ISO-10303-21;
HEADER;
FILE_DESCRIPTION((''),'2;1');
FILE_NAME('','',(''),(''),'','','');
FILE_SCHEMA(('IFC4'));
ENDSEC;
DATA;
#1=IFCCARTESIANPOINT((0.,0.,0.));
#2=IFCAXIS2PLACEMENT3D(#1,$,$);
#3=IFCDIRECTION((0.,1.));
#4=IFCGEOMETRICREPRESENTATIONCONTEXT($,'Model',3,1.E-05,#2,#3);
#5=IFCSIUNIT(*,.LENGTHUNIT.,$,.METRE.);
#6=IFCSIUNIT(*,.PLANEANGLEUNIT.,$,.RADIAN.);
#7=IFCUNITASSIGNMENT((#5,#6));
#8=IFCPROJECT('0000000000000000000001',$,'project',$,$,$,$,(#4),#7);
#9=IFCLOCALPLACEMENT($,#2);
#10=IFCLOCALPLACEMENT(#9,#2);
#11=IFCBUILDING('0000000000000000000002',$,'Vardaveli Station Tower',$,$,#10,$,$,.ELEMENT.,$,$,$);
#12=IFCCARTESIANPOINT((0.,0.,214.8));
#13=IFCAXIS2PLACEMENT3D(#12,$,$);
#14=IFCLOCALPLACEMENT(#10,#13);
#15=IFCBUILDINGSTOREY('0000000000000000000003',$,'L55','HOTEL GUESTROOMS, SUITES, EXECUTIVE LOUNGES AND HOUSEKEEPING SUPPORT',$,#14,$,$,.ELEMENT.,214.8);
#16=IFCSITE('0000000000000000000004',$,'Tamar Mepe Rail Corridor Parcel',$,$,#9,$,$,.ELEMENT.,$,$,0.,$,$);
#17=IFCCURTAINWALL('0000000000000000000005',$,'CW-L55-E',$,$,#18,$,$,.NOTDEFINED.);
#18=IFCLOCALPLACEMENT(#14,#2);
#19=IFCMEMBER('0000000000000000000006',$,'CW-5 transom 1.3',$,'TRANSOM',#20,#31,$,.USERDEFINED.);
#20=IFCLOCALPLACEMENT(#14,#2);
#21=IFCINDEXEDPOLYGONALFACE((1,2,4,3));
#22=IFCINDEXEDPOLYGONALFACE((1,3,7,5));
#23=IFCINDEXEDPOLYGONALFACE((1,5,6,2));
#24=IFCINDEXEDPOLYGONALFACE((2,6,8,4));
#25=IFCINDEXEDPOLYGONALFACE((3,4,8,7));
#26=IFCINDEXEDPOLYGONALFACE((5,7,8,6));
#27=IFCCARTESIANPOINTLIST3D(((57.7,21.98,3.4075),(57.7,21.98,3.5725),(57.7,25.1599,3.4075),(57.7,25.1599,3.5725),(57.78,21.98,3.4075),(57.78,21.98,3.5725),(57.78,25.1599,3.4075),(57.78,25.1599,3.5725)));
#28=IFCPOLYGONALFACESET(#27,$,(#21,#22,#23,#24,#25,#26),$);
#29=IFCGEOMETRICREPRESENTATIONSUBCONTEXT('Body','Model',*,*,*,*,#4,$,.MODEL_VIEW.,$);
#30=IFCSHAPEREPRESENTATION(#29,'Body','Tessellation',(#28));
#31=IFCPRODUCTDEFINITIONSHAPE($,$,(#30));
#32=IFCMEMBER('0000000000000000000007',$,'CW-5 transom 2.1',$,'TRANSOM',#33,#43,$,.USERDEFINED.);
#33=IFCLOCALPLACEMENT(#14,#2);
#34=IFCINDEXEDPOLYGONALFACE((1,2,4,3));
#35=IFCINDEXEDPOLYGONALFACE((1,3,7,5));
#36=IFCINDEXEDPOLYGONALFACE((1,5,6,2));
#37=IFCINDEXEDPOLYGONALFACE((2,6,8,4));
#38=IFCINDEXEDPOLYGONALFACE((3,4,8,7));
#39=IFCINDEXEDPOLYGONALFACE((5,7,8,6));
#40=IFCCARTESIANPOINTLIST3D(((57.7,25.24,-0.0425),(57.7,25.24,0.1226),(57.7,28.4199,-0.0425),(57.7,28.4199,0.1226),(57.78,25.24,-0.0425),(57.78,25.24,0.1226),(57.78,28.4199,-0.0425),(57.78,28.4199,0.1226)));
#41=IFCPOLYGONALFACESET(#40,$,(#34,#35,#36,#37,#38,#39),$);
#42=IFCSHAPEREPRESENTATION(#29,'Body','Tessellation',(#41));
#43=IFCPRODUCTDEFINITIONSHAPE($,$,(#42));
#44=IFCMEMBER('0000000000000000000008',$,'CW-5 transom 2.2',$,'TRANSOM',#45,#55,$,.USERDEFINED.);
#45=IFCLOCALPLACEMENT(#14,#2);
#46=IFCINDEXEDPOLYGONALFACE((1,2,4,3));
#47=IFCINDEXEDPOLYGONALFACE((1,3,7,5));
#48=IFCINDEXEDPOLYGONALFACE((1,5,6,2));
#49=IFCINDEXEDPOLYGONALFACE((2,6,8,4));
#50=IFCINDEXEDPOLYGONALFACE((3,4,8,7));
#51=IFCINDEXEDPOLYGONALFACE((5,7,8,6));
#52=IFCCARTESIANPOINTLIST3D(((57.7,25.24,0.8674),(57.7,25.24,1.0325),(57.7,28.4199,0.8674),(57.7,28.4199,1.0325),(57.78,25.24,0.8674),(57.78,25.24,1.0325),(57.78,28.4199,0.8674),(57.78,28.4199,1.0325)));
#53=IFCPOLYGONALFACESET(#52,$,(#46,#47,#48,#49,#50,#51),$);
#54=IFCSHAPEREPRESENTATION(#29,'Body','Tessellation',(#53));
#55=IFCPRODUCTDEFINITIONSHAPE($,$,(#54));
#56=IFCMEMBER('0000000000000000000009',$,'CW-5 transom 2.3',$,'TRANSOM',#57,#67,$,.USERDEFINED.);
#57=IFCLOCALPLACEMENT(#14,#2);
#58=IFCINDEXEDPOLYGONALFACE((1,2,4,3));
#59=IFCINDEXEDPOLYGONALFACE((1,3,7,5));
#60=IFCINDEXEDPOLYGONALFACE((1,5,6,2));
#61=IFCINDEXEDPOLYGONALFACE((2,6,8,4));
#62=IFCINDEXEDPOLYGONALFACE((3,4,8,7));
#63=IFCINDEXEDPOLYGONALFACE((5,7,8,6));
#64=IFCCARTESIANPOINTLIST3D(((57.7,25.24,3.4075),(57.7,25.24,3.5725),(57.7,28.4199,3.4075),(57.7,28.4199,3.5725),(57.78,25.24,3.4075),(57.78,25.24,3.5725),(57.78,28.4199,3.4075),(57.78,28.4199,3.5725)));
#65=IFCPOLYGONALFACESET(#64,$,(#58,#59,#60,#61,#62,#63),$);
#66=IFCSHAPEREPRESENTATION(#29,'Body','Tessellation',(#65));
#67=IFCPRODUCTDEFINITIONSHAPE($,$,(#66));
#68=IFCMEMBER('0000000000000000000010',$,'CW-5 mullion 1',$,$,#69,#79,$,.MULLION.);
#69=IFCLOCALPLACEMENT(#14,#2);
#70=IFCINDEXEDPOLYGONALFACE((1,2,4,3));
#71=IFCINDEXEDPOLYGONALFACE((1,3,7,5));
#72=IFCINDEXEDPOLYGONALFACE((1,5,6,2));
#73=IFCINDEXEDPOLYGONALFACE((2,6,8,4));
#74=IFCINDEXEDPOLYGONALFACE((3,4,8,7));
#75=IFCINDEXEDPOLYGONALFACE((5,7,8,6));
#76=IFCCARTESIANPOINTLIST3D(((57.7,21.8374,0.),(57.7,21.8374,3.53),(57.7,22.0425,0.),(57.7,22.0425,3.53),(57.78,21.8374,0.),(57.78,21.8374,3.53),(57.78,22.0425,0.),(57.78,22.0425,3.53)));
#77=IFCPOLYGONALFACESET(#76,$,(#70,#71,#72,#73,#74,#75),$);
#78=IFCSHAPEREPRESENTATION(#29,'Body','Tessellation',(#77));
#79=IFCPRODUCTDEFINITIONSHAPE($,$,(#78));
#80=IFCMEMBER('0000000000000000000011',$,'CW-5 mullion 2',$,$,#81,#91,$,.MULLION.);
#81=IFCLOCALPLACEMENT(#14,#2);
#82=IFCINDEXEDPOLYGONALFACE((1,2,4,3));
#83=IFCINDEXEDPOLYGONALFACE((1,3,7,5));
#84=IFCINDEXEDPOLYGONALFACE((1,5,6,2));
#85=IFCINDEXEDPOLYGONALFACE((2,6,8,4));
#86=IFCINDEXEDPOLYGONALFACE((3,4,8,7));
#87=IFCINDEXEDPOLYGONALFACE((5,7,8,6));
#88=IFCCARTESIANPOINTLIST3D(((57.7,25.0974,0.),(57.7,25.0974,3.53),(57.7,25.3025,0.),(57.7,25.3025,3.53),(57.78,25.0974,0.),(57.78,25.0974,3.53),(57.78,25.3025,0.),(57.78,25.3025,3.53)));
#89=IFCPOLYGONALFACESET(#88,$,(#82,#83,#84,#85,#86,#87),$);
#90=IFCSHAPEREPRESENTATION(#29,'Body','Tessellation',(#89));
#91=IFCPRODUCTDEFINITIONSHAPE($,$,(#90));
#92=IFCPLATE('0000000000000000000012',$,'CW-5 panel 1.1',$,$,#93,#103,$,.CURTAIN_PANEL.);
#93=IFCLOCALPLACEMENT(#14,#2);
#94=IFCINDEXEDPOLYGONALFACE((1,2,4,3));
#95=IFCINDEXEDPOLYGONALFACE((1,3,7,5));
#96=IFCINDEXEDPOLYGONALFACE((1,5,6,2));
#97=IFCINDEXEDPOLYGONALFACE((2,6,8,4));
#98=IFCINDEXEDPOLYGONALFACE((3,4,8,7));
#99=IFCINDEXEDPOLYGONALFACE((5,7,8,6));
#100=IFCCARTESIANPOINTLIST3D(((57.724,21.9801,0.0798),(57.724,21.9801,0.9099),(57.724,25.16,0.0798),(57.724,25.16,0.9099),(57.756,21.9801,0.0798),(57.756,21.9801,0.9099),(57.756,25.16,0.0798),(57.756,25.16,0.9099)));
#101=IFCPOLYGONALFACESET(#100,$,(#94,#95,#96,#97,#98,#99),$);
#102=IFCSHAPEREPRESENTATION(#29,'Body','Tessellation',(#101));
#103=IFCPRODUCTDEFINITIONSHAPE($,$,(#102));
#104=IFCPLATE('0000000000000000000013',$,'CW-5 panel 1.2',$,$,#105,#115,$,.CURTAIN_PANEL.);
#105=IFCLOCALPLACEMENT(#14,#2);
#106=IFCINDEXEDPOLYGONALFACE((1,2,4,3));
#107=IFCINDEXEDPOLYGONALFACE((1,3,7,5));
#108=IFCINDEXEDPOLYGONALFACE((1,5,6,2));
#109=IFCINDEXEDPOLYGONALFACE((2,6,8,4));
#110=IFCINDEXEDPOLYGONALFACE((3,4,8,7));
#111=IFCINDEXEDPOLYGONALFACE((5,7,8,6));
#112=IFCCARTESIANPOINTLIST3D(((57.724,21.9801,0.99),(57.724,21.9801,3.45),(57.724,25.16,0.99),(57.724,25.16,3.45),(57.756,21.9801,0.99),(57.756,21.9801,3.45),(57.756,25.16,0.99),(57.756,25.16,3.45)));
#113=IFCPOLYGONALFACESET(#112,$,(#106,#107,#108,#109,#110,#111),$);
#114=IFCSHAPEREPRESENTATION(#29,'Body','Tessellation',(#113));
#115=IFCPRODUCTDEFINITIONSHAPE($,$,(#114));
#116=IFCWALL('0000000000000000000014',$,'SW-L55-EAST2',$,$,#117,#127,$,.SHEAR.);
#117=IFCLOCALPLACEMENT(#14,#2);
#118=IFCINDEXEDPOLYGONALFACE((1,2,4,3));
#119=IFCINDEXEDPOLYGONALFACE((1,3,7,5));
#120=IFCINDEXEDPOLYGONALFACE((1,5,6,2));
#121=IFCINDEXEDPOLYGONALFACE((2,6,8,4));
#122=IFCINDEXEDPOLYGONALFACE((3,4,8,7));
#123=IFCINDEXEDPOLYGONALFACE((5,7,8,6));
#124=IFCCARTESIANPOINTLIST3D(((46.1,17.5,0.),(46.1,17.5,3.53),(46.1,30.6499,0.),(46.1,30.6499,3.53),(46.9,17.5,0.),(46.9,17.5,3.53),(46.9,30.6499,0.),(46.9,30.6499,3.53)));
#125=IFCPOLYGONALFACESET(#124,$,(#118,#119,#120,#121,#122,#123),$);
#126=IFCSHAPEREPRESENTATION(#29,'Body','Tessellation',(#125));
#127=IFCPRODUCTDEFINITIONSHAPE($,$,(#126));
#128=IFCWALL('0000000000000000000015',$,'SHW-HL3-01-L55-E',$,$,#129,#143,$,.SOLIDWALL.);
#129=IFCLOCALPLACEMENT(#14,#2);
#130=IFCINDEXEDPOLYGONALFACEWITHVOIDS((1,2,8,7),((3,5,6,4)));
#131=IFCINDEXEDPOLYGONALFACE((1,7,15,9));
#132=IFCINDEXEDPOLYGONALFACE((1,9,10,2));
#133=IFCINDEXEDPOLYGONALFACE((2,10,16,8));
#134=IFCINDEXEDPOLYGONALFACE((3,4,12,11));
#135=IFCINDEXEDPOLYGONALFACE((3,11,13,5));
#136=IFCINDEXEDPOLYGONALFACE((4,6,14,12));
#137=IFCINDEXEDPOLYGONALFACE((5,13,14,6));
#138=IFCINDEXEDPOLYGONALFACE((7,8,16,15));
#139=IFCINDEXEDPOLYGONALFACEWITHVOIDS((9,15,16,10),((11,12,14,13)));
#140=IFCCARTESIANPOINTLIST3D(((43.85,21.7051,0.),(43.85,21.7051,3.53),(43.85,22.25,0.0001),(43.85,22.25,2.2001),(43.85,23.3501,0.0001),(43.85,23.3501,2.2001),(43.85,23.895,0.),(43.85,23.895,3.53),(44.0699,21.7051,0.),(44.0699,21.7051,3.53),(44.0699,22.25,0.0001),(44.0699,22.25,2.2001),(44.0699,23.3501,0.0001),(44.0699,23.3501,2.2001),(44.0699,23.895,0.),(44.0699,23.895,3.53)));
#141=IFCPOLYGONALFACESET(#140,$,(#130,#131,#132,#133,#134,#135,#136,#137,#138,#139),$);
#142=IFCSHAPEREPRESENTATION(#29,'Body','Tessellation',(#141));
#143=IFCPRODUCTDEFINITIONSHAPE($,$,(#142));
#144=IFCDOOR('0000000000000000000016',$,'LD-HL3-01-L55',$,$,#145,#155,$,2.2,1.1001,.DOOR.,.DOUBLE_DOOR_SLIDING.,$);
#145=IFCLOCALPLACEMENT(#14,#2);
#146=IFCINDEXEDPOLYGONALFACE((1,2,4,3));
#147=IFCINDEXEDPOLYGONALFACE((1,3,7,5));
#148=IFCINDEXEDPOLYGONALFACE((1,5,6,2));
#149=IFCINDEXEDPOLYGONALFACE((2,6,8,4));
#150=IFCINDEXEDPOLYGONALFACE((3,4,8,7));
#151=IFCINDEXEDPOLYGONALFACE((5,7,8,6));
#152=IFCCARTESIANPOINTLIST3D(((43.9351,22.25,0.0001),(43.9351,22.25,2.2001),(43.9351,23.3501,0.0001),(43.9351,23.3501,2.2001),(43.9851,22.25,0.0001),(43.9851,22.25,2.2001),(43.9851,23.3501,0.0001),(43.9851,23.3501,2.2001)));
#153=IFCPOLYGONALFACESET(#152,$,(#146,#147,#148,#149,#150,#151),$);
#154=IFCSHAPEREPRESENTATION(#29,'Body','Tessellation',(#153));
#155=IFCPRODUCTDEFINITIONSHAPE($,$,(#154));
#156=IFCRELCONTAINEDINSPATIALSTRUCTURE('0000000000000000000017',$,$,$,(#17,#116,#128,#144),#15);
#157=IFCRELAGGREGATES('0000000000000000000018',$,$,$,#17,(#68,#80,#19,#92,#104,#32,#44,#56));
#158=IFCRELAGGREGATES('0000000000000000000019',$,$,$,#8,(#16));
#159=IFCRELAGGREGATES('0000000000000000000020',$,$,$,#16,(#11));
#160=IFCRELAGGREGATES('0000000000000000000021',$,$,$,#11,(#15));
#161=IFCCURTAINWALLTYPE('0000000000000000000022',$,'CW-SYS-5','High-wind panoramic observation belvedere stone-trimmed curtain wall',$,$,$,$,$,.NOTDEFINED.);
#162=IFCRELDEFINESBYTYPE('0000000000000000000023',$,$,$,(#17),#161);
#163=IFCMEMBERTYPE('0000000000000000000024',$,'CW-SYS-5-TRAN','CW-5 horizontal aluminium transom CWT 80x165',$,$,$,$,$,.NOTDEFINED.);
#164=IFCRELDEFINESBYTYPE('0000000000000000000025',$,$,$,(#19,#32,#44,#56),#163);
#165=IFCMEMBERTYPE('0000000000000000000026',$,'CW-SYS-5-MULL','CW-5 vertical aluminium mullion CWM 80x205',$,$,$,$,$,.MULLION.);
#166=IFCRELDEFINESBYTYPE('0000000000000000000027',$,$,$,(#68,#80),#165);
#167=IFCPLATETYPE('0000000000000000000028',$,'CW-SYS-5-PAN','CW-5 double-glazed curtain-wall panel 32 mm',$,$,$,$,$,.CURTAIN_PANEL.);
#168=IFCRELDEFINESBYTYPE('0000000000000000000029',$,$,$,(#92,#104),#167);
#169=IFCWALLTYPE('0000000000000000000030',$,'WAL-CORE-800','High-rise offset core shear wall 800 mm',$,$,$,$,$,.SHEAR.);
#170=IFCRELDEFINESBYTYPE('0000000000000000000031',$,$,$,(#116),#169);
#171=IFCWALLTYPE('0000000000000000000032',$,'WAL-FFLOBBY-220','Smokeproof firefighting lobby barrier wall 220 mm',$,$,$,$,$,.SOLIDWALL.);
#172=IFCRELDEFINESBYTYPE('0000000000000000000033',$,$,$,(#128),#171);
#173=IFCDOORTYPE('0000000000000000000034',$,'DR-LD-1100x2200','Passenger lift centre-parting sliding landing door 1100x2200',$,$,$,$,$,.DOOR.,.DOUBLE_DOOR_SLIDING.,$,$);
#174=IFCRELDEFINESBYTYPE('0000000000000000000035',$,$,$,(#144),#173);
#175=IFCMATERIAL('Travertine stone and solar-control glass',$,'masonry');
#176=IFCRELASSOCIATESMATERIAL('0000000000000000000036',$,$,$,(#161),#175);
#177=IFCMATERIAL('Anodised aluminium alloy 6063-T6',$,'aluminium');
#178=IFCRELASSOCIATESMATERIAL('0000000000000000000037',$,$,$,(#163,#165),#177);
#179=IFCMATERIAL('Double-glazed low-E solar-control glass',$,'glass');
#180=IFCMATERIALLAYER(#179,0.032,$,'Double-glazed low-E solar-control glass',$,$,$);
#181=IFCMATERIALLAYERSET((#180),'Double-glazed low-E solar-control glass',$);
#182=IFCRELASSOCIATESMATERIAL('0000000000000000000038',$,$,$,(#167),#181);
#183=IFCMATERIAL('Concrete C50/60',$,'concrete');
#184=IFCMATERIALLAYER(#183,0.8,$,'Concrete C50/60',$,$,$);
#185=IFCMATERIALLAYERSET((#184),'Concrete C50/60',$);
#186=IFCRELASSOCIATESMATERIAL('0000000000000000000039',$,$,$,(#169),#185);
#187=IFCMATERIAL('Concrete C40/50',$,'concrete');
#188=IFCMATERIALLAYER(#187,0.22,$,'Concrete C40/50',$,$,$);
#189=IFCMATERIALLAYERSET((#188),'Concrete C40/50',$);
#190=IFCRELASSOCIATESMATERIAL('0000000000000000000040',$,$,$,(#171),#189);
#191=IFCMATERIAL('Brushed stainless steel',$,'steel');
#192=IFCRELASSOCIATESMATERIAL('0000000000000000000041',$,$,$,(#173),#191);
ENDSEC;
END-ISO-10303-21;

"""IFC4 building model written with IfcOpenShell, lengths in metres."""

from ifc_helpers import new_model, si_unit, direction, frame, frame_2d, origin, origin_2d, place, context, subcontext, project, spatial, rectangle, extrude, source, transform, mapped, material, layer, layer_set, material_profile, profile_set, type_object, element, fill, aggregate, save


model = new_model("IFC4")

# Units and contexts
model_context = context("Model", 3, precision=1e-05, world=origin(), true_north=direction((0.0, 1.0)))
body_context = subcontext(model_context, "Body", "Model", "MODEL_VIEW")
ifc_project = project(units=[si_unit("LENGTHUNIT", "METRE"), si_unit("PLANEANGLEUNIT", "RADIAN")], contexts=[model_context])

# Site, building, storey
site_placement = place(None, origin())
site = spatial("IfcSite", under=ifc_project, at=site_placement, Name="Tamar Mepe Rail Corridor Parcel", CompositionType="ELEMENT", RefElevation=0.0)
building_placement = place(site_placement, origin())
building = spatial("IfcBuilding", under=site, at=building_placement, Name="Vardaveli Station Tower", CompositionType="ELEMENT")
storey_placement = place(building_placement, frame((0.0, 0.0, 214.8)))
storey = spatial("IfcBuildingStorey", under=building, at=storey_placement, Name="L55", Description="HOTEL GUESTROOMS, SUITES, EXECUTIVE LOUNGES AND HOUSEKEEPING SUPPORT", CompositionType="ELEMENT", Elevation=214.8)

# Curtain wall, members, plates
ifc_material_1 = material(Name="Travertine stone and solar-control glass", Category="masonry")
curtain_wall_type = type_object("IfcCurtainWallType", Name="CW-SYS-5", Description="High-wind panoramic observation belvedere stone-trimmed curtain wall", PredefinedType="NOTDEFINED", material=ifc_material_1)
curtain_wall_placement = place(storey_placement, origin())
curtain_wall = element("IfcCurtainWall", 1, at=curtain_wall_placement, inside=storey, type_object=curtain_wall_type, Name="CW-L55-E", PredefinedType="NOTDEFINED")
ifc_material_2 = material(Name="Anodised aluminium alloy 6063-T6", Category="aluminium")
ifc_material_profile_1 = material_profile(ifc_material_2, rectangle(XDim=0.0801, YDim=0.165, at=origin_2d()), Name="CWT 80x165")
ifc_profile_set_1 = profile_set([ifc_material_profile_1], Name="Anodised aluminium alloy 6063-T6")
member_type_1 = type_object("IfcMemberType", Name="CW-SYS-5-TRAN", Description="CW-5 horizontal aluminium transom CWT 80x165", PredefinedType="NOTDEFINED", material=ifc_profile_set_1)
shared_shape_1 = source(origin(), body_context, "Body", "SweptSolid", [
    extrude(rectangle(XDim=0.0801, YDim=0.165, at=origin_2d()), origin(), (0.0, 0.0, 1.0), 3.1799),
])
member_1_placement = place(storey_placement, frame((57.74, 21.98, 3.49), z_axis=(0.0, 1.0, 0.0), x_axis=(-1.0, 0.0, 0.0)))
member_1 = element("IfcMember", 2, at=member_1_placement, type_object=member_type_1, Name="CW-5 transom 1.3", ObjectType="TRANSOM", PredefinedType="USERDEFINED", context=body_context, shape_type="MappedRepresentation", body=[
    mapped(shared_shape_1, transform((0.0, 0.0, 0.0), scale=1.0)),
])
member_2_placement = place(storey_placement, frame((57.74, 25.24, 0.04), z_axis=(0.0, 1.0, 0.0), x_axis=(-1.0, 0.0, 0.0)))
member_2 = element("IfcMember", 3, at=member_2_placement, type_object=member_type_1, Name="CW-5 transom 2.1", ObjectType="TRANSOM", PredefinedType="USERDEFINED", context=body_context, shape_type="MappedRepresentation", body=[
    mapped(shared_shape_1, transform((0.0, 0.0, 0.0), scale=1.0)),
])
member_3_placement = place(storey_placement, frame((57.74, 25.24, 0.95), z_axis=(0.0, 1.0, 0.0), x_axis=(-1.0, 0.0, 0.0)))
member_3 = element("IfcMember", 4, at=member_3_placement, type_object=member_type_1, Name="CW-5 transom 2.2", ObjectType="TRANSOM", PredefinedType="USERDEFINED", context=body_context, shape_type="MappedRepresentation", body=[
    mapped(shared_shape_1, transform((0.0, 0.0, 0.0), scale=1.0)),
])
member_4_placement = place(storey_placement, frame((57.74, 25.24, 3.49), z_axis=(0.0, 1.0, 0.0), x_axis=(-1.0, 0.0, 0.0)))
member_4 = element("IfcMember", 5, at=member_4_placement, type_object=member_type_1, Name="CW-5 transom 2.3", ObjectType="TRANSOM", PredefinedType="USERDEFINED", context=body_context, shape_type="MappedRepresentation", body=[
    mapped(shared_shape_1, transform((0.0, 0.0, 0.0), scale=1.0)),
])
ifc_material_profile_2 = material_profile(ifc_material_2, rectangle(XDim=0.0801, YDim=0.2051, at=origin_2d()), Name="CWM 80x205")
ifc_profile_set_2 = profile_set([ifc_material_profile_2], Name="Anodised aluminium alloy 6063-T6")
member_type_2 = type_object("IfcMemberType", Name="CW-SYS-5-MULL", Description="CW-5 vertical aluminium mullion CWM 80x205", PredefinedType="MULLION", material=ifc_profile_set_2)
shared_shape_2 = source(origin(), body_context, "Body", "SweptSolid", [
    extrude(rectangle(XDim=0.0801, YDim=0.2051, at=origin_2d()), origin(), (0.0, 0.0, 1.0), 3.53),
])
member_5_placement = place(storey_placement, frame((57.74, 21.9399, 0.0), z_axis=(0.0, 0.0, 1.0), x_axis=(-1.0, 0.0, 0.0)))
member_5 = element("IfcMember", 6, at=member_5_placement, type_object=member_type_2, Name="CW-5 mullion 1", PredefinedType="MULLION", context=body_context, shape_type="MappedRepresentation", body=[
    mapped(shared_shape_2, transform((0.0, 0.0, 0.0), scale=1.0)),
])
member_6_placement = place(storey_placement, frame((57.74, 25.2, 0.0), z_axis=(0.0, 0.0, 1.0), x_axis=(-1.0, 0.0, 0.0)))
member_6 = element("IfcMember", 7, at=member_6_placement, type_object=member_type_2, Name="CW-5 mullion 2", PredefinedType="MULLION", context=body_context, shape_type="MappedRepresentation", body=[
    mapped(shared_shape_2, transform((0.0, 0.0, 0.0), scale=1.0)),
])
ifc_material_3 = material(Name="Double-glazed low-E solar-control glass", Category="glass")
ifc_layer_1 = layer(ifc_material_3, 0.032, Name="Double-glazed low-E solar-control glass")
ifc_layer_set_1 = layer_set([ifc_layer_1], Name="Double-glazed low-E solar-control glass")
plate_type = type_object("IfcPlateType", Name="CW-SYS-5-PAN", Description="CW-5 double-glazed curtain-wall panel 32 mm", PredefinedType="CURTAIN_PANEL", material=ifc_layer_set_1)
shared_shape_3 = source(origin(), body_context, "Body", "SweptSolid", [
    extrude(rectangle(XDim=3.1799, YDim=0.032, at=origin_2d()), origin(), (0.0, 0.0, 1.0), 0.8301),
])
plate_1_placement = place(storey_placement, frame((57.74, 23.5701, 0.0798), z_axis=(0.0, 0.0, 1.0), x_axis=(0.0, 1.0, 0.0)))
plate_1 = element("IfcPlate", 8, at=plate_1_placement, type_object=plate_type, Name="CW-5 panel 1.1", PredefinedType="CURTAIN_PANEL", context=body_context, shape_type="MappedRepresentation", body=[
    mapped(shared_shape_3, transform((0.0, 0.0, 0.0), scale=1.0)),
])
shared_shape_4 = source(origin(), body_context, "Body", "SweptSolid", [
    extrude(rectangle(XDim=3.1799, YDim=0.032, at=origin_2d()), origin(), (0.0, 0.0, 1.0), 2.46),
])
plate_2_placement = place(storey_placement, frame((57.74, 23.5701, 0.99), z_axis=(0.0, 0.0, 1.0), x_axis=(0.0, 1.0, 0.0)))
plate_2 = element("IfcPlate", 9, at=plate_2_placement, type_object=plate_type, Name="CW-5 panel 1.2", PredefinedType="CURTAIN_PANEL", context=body_context, shape_type="MappedRepresentation", body=[
    mapped(shared_shape_4, transform((0.0, 0.0, 0.0), scale=1.0)),
])
aggregate(curtain_wall, [member_5, member_6, member_1, plate_1, plate_2, member_2, member_3, member_4])

# Wall
ifc_material_4 = material(Name="Concrete C50/60", Category="concrete")
ifc_layer_2 = layer(ifc_material_4, 0.8, Name="Concrete C50/60")
ifc_layer_set_2 = layer_set([ifc_layer_2], Name="Concrete C50/60")
wall_type_1 = type_object("IfcWallType", Name="WAL-CORE-800", Description="High-rise offset core shear wall 800 mm", PredefinedType="SHEAR", material=ifc_layer_set_2)
shared_shape_5 = source(origin(), body_context, "Body", "SweptSolid", [
    extrude(rectangle(XDim=13.1499, YDim=0.8, at=frame_2d((6.575, 0.0))), origin(), (0.0, 0.0, 1.0), 3.53),
])
wall_1_placement = place(storey_placement, frame((46.5, 17.5, 0.0), z_axis=(0.0, 0.0, 1.0), x_axis=(0.0, 1.0, 0.0)))
element("IfcWall", 10, at=wall_1_placement, inside=storey, type_object=wall_type_1, Name="SW-L55-EAST2", PredefinedType="SHEAR", context=body_context, shape_type="MappedRepresentation", body=[
    mapped(shared_shape_5, transform((0.0, 0.0, 0.0), scale=1.0)),
])

# Wall, opening, door
ifc_material_5 = material(Name="Concrete C40/50", Category="concrete")
ifc_layer_3 = layer(ifc_material_5, 0.22, Name="Concrete C40/50")
ifc_layer_set_3 = layer_set([ifc_layer_3], Name="Concrete C40/50")
wall_type_2 = type_object("IfcWallType", Name="WAL-FFLOBBY-220", Description="Smokeproof firefighting lobby barrier wall 220 mm", PredefinedType="SOLIDWALL", material=ifc_layer_set_3)
shared_shape_6 = source(origin(), body_context, "Body", "SweptSolid", [
    extrude(rectangle(XDim=2.1899, YDim=0.22, at=frame_2d((1.095, 0.0))), origin(), (0.0, 0.0, 1.0), 3.53),
])
wall_2_placement = place(storey_placement, frame((43.96, 21.7051, 0.0), z_axis=(0.0, 0.0, 1.0), x_axis=(0.0, 1.0, 0.0)))
wall_2 = element("IfcWall", 11, at=wall_2_placement, inside=storey, type_object=wall_type_2, Name="SHW-HL3-01-L55-E", PredefinedType="SOLIDWALL", context=body_context, shape_type="MappedRepresentation", body=[
    mapped(shared_shape_6, transform((0.0, 0.0, 0.0), scale=1.0)),
])
shared_shape_7 = source(origin(), body_context, "Body", "SweptSolid", [
    extrude(rectangle(XDim=1.1001, YDim=2.2, at=frame_2d((0.55, 1.1001))), frame((0.0, 0.1201, 0.0), z_axis=(0.0, -1.0, 0.0), x_axis=(1.0, 0.0, 0.0)), (0.0, 0.0, 1.0), 0.24),
])
opening_1_placement = place(wall_2_placement, frame((0.5449, 0.0, 0.0)))
opening_1 = element("IfcOpeningElement", 12, at=opening_1_placement, cuts=wall_2, PredefinedType="OPENING", context=body_context, shape_type="MappedRepresentation", body=[
    mapped(shared_shape_7, transform((0.0, 0.0, 0.0), scale=1.0)),
])
ifc_material_6 = material(Name="Brushed stainless steel", Category="steel")
door_type = type_object("IfcDoorType", Name="DR-LD-1100x2200", Description="Passenger lift centre-parting sliding landing door 1100x2200", OperationType="DOUBLE_DOOR_SLIDING", PredefinedType="DOOR", material=ifc_material_6)
shared_shape_8 = source(origin(), body_context, "Body", "SweptSolid", [
    extrude(rectangle(XDim=1.1001, YDim=2.2, at=frame_2d((0.55, 1.1001))), frame((0.0, 0.0249, 0.0), z_axis=(0.0, -1.0, 0.0), x_axis=(1.0, 0.0, 0.0)), (0.0, 0.0, 1.0), 0.05),
])
door_1_placement = place(opening_1_placement, origin())
door_1 = element("IfcDoor", 13, at=door_1_placement, inside=storey, type_object=door_type, Name="LD-HL3-01-L55", OperationType="DOUBLE_DOOR_SLIDING", OverallHeight=2.2, OverallWidth=1.1001, PredefinedType="DOOR", context=body_context, shape_type="MappedRepresentation", body=[
    mapped(shared_shape_8, transform((0.0, 0.0, 0.0), scale=1.0)),
])
fill(opening_1, door_1)

save(model, "model.ifc")
